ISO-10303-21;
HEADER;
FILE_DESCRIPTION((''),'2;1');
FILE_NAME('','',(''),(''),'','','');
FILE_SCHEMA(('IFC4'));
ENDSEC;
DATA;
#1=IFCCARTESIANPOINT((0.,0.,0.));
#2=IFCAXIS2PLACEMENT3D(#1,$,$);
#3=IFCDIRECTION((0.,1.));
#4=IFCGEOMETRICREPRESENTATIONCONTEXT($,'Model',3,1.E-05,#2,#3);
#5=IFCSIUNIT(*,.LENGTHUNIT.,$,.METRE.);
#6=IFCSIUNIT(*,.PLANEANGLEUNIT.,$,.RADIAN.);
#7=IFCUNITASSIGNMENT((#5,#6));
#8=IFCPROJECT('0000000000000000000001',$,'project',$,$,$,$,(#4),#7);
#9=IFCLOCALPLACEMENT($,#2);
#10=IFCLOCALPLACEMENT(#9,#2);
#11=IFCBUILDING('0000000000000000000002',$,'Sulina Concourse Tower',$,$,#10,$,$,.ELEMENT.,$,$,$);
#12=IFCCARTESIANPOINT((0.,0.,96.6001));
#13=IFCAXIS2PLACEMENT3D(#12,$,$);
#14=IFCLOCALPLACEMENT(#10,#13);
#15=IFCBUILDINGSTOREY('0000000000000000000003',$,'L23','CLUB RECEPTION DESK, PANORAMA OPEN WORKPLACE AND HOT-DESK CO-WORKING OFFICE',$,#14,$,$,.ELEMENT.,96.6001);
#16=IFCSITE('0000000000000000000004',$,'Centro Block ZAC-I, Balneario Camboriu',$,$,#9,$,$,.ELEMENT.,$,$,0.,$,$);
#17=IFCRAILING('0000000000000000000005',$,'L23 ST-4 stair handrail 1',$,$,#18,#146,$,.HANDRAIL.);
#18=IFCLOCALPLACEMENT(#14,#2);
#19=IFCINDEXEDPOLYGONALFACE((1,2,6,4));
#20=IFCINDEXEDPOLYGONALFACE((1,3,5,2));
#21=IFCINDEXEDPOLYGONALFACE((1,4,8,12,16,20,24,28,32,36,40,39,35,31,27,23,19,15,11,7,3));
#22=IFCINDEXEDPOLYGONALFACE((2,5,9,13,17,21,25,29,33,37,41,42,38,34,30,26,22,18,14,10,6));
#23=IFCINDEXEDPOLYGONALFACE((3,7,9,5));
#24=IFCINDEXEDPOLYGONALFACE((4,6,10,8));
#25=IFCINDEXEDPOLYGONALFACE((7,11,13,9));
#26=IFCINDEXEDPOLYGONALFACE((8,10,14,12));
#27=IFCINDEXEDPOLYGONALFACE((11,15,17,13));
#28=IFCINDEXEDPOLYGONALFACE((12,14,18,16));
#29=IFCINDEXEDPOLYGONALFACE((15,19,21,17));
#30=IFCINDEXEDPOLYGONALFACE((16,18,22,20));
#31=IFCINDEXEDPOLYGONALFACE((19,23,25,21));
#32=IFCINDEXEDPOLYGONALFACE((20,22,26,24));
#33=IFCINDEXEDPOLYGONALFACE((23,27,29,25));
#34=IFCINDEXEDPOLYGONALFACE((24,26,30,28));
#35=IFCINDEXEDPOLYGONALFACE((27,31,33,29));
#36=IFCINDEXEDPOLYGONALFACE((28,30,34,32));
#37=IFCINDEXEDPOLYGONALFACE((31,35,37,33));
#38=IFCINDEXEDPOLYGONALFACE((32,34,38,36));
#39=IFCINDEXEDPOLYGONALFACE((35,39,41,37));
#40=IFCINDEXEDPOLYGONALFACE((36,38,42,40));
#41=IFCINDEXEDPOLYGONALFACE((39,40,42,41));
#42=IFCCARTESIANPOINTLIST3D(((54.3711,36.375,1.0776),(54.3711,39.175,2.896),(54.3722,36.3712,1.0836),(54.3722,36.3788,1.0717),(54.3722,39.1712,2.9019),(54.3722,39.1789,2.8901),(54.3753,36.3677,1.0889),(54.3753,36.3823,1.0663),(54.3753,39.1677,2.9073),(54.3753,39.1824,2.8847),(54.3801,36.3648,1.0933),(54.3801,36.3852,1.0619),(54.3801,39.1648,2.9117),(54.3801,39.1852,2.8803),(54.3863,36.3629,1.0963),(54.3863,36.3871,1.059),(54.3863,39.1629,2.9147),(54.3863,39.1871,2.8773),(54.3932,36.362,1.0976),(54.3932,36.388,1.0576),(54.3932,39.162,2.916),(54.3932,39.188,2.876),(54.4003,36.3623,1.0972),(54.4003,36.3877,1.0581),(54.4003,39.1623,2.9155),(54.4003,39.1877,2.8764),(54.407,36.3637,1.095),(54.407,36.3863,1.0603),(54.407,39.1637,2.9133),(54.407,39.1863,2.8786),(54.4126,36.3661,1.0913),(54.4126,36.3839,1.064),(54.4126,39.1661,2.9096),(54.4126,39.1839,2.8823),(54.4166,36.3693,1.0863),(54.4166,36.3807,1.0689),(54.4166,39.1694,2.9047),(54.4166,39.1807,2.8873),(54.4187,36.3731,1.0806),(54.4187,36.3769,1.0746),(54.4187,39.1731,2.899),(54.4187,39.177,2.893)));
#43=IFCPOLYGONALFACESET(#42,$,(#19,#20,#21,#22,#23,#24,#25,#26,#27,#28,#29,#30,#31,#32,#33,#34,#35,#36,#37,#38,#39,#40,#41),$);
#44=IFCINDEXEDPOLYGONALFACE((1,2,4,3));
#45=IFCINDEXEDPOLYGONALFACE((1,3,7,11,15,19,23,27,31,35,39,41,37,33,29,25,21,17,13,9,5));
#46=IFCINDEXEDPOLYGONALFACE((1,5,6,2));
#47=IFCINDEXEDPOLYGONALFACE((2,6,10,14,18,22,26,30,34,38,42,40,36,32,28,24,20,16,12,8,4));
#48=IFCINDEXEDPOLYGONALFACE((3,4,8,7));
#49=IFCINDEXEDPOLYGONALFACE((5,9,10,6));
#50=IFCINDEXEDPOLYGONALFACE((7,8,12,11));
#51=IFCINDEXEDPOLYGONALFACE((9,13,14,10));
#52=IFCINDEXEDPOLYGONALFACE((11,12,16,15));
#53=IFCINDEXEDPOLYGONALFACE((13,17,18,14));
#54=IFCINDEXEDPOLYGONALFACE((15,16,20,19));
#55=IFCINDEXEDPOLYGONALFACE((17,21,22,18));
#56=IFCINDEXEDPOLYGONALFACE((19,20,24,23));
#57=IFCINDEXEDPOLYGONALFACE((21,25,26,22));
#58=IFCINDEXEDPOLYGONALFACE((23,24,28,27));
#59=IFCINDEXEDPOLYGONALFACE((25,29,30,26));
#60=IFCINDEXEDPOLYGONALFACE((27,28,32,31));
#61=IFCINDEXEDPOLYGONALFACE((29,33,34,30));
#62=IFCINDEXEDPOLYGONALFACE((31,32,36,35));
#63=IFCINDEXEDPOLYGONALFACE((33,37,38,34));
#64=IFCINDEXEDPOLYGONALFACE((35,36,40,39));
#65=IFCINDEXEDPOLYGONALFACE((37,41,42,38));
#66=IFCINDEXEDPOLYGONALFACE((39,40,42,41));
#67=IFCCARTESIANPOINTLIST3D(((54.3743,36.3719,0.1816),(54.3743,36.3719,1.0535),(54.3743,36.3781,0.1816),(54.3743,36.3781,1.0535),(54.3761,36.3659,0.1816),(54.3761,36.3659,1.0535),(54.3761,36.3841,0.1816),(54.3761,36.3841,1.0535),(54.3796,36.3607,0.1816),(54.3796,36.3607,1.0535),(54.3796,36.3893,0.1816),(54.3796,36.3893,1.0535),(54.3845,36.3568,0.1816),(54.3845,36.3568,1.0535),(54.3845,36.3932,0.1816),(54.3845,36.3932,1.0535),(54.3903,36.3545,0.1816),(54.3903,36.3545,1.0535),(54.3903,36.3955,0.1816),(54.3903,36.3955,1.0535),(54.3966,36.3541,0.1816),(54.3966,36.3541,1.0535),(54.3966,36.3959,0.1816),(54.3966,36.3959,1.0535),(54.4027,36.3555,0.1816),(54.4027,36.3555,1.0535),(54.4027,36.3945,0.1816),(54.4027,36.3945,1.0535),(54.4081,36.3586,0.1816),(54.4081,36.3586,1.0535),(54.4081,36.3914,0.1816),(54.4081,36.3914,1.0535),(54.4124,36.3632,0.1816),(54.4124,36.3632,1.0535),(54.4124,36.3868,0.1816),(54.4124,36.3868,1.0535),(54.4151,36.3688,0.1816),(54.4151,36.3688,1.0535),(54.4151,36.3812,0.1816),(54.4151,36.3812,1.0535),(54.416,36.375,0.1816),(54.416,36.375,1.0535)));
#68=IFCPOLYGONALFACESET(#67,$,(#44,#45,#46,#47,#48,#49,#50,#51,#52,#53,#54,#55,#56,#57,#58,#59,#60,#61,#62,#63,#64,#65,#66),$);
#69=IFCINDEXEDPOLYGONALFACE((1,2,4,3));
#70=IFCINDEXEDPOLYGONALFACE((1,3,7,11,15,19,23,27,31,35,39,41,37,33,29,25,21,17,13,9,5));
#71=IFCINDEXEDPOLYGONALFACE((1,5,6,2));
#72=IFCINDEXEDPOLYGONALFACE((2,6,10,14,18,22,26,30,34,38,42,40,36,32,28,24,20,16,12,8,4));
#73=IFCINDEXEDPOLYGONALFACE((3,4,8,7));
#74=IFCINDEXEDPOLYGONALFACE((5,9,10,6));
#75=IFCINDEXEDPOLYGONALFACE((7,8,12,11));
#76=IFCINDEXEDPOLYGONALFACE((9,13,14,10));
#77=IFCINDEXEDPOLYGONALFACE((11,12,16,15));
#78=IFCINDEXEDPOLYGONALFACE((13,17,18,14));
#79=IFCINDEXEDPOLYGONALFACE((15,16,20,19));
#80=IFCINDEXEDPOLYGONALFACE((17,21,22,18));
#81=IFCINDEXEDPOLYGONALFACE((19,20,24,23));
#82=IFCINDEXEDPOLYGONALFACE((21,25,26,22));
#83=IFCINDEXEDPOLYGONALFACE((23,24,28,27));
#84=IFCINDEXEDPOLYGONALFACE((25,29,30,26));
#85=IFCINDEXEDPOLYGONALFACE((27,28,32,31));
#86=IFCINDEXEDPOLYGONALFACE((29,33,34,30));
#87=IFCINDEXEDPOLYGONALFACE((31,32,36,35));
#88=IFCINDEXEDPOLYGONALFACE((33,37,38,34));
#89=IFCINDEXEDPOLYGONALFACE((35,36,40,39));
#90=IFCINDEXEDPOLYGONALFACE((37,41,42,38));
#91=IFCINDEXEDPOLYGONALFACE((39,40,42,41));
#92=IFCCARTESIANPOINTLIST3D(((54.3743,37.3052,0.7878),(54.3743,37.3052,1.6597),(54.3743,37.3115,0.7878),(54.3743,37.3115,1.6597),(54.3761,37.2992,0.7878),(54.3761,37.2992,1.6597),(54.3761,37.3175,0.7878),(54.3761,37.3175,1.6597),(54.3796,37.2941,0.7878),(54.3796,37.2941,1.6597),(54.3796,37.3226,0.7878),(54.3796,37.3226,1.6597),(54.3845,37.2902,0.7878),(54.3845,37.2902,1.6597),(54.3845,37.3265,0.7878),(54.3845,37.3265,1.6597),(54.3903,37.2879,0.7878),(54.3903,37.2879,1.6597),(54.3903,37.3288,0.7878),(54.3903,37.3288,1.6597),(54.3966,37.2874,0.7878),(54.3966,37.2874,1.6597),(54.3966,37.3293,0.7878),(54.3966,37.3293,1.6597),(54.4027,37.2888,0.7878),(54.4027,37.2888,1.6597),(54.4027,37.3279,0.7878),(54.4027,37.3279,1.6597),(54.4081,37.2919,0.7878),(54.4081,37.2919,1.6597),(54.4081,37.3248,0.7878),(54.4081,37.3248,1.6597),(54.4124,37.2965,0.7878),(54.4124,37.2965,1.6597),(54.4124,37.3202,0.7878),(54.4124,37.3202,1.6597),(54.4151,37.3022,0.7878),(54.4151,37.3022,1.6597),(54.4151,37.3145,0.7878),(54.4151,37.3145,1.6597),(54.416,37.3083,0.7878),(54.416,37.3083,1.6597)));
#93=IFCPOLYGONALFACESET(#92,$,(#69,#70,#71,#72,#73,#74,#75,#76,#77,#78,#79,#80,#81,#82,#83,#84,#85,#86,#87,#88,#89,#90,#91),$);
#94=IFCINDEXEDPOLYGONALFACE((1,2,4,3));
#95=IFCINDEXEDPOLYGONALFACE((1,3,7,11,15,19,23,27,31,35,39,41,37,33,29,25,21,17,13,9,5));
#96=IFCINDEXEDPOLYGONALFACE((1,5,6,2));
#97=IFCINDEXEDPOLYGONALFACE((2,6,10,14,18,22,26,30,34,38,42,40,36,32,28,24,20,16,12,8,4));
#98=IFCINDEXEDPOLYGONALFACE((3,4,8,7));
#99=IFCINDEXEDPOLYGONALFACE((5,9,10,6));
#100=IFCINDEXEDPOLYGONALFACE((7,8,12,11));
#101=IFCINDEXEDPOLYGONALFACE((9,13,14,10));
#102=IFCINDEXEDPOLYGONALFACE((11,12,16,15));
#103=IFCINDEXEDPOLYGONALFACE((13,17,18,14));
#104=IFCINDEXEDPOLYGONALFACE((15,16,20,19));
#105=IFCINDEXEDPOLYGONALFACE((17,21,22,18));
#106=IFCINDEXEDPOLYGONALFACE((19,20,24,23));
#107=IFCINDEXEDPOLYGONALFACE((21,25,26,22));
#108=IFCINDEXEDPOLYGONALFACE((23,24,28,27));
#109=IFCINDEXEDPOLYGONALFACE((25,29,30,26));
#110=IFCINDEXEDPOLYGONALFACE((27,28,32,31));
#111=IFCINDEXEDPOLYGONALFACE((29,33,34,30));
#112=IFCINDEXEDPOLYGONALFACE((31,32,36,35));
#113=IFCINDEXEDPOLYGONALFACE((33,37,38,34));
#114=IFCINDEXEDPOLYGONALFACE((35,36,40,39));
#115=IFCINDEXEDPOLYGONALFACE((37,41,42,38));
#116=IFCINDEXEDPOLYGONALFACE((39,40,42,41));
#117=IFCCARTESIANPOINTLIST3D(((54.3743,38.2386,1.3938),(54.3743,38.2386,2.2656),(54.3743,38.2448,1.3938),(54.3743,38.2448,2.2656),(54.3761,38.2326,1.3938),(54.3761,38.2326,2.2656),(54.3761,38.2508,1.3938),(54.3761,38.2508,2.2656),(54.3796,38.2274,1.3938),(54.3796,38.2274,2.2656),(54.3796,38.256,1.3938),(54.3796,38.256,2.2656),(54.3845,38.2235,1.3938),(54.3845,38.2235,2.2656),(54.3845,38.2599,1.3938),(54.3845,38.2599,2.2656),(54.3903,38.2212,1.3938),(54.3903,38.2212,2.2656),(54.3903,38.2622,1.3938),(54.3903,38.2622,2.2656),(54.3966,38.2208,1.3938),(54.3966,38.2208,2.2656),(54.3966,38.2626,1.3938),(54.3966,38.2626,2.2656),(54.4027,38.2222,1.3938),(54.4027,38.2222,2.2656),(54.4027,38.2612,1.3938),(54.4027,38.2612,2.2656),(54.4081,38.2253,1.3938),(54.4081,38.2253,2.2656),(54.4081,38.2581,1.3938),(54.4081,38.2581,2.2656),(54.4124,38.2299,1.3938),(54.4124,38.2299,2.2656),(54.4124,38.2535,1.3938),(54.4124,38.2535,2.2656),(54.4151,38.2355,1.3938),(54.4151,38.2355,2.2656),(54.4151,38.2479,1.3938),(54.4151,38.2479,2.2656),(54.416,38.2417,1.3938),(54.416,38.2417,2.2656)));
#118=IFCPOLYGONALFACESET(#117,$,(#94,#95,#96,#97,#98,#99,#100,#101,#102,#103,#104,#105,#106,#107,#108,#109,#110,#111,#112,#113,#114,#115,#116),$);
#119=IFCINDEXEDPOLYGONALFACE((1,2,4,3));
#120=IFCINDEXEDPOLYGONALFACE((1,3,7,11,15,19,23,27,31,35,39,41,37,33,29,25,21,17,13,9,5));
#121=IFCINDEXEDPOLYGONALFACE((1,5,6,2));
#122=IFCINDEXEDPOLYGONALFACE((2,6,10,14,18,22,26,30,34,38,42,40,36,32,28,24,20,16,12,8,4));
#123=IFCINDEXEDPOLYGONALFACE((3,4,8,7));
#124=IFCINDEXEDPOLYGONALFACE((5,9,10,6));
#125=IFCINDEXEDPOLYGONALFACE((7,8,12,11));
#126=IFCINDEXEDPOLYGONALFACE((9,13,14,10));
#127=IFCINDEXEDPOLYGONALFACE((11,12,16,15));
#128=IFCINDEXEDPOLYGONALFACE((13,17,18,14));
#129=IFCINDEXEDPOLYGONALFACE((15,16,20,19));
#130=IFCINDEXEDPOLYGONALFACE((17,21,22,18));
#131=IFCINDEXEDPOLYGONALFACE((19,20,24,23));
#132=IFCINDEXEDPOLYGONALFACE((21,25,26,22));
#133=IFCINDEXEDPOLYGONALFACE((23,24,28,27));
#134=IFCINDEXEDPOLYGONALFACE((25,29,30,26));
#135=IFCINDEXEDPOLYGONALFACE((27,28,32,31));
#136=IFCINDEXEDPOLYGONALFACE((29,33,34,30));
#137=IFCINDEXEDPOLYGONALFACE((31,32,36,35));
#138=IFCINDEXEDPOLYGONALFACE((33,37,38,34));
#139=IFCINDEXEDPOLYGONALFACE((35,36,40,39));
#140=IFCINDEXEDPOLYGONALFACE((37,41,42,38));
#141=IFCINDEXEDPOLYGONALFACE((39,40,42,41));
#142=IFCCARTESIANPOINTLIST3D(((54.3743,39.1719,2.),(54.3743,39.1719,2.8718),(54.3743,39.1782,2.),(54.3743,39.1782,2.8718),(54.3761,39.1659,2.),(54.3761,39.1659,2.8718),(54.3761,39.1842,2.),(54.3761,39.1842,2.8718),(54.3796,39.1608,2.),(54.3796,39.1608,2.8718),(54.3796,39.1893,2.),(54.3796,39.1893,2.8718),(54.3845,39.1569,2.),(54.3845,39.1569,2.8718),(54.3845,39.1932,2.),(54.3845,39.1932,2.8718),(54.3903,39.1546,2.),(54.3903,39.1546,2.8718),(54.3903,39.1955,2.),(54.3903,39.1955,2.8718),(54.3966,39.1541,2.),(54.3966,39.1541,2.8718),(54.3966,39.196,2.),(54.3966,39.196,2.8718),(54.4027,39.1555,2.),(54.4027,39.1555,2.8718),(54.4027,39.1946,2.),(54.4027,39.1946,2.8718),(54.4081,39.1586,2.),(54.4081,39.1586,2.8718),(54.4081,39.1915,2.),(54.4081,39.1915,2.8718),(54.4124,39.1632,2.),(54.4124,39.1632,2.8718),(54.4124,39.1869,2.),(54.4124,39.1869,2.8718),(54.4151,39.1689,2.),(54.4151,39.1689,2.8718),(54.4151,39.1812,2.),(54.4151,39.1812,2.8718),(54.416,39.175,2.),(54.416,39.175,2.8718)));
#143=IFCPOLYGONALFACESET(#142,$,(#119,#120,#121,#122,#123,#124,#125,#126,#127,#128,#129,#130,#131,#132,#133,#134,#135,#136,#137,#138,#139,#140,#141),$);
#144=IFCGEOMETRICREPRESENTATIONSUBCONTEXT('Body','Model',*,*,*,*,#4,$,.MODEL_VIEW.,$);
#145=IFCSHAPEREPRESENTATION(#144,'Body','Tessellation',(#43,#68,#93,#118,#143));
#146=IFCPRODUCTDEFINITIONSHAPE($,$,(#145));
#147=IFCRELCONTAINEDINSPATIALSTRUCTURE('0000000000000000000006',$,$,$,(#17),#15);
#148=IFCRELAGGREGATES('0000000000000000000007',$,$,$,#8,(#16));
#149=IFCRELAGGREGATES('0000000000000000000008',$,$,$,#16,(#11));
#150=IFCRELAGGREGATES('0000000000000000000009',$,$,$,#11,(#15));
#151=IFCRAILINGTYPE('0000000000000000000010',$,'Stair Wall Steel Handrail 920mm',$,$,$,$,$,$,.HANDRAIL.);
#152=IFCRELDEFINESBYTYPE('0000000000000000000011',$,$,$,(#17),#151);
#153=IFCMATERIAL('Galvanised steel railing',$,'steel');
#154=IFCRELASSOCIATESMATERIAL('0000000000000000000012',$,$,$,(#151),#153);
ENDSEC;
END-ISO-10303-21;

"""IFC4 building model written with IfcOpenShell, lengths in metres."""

from ifc_helpers import new_model, si_unit, direction, frame, origin, origin_2d, place, context, subcontext, project, spatial, circle, extrude, material, type_object, element, save


model = new_model("IFC4")

# Units and contexts
model_context = context("Model", 3, precision=1e-05, world=origin(), true_north=direction((0.0, 1.0)))
body_context = subcontext(model_context, "Body", "Model", "MODEL_VIEW")
ifc_project = project(units=[si_unit("LENGTHUNIT", "METRE"), si_unit("PLANEANGLEUNIT", "RADIAN")], contexts=[model_context])

# Site, building, storey
site_placement = place(None, origin())
site = spatial("IfcSite", under=ifc_project, at=site_placement, Name="Centro Block ZAC-I, Balneario Camboriu", CompositionType="ELEMENT", RefElevation=0.0)
building_placement = place(site_placement, origin())
building = spatial("IfcBuilding", under=site, at=building_placement, Name="Sulina Concourse Tower", CompositionType="ELEMENT")
storey_placement = place(building_placement, frame((0.0, 0.0, 96.6001)))
storey = spatial("IfcBuildingStorey", under=building, at=storey_placement, Name="L23", Description="CLUB RECEPTION DESK, PANORAMA OPEN WORKPLACE AND HOT-DESK CO-WORKING OFFICE", CompositionType="ELEMENT", Elevation=96.6001)

# Railing
ifc_material_1 = material(Name="Galvanised steel railing", Category="steel")
railing_type_1 = type_object("IfcRailingType", Name="Stair Wall Steel Handrail 920mm", PredefinedType="HANDRAIL", material=ifc_material_1)
railing_1_placement = place(storey_placement, frame((54.395, 36.375, 0.1816)))
element("IfcRailing", 1, at=railing_1_placement, inside=storey, type_object=railing_type_1, Name="L23 ST-4 stair handrail 1", PredefinedType="HANDRAIL", context=body_context, shape_type="SweptSolid", body=[
    extrude(circle(Radius=0.0239, at=origin_2d()), frame((0.0, 0.0, 0.896), z_axis=(0.0, 0.838672, 0.544636), x_axis=(-1.0, 0.0, 0.0)), (0.0, 0.0, 1.0), 3.3386),
    extrude(circle(Radius=0.021, at=origin_2d()), origin(), (0.0, 0.0, 1.0), 0.8718),
    extrude(circle(Radius=0.021, at=origin_2d()), frame((0.0, 0.9333, 0.6062)), (0.0, 0.0, 1.0), 0.8718),
    extrude(circle(Radius=0.021, at=origin_2d()), frame((0.0, 1.8667, 1.2122)), (0.0, 0.0, 1.0), 0.8718),
    extrude(circle(Radius=0.021, at=origin_2d()), frame((0.0, 2.8, 1.8184)), (0.0, 0.0, 1.0), 0.8718),
])

save(model, "model.ifc")
